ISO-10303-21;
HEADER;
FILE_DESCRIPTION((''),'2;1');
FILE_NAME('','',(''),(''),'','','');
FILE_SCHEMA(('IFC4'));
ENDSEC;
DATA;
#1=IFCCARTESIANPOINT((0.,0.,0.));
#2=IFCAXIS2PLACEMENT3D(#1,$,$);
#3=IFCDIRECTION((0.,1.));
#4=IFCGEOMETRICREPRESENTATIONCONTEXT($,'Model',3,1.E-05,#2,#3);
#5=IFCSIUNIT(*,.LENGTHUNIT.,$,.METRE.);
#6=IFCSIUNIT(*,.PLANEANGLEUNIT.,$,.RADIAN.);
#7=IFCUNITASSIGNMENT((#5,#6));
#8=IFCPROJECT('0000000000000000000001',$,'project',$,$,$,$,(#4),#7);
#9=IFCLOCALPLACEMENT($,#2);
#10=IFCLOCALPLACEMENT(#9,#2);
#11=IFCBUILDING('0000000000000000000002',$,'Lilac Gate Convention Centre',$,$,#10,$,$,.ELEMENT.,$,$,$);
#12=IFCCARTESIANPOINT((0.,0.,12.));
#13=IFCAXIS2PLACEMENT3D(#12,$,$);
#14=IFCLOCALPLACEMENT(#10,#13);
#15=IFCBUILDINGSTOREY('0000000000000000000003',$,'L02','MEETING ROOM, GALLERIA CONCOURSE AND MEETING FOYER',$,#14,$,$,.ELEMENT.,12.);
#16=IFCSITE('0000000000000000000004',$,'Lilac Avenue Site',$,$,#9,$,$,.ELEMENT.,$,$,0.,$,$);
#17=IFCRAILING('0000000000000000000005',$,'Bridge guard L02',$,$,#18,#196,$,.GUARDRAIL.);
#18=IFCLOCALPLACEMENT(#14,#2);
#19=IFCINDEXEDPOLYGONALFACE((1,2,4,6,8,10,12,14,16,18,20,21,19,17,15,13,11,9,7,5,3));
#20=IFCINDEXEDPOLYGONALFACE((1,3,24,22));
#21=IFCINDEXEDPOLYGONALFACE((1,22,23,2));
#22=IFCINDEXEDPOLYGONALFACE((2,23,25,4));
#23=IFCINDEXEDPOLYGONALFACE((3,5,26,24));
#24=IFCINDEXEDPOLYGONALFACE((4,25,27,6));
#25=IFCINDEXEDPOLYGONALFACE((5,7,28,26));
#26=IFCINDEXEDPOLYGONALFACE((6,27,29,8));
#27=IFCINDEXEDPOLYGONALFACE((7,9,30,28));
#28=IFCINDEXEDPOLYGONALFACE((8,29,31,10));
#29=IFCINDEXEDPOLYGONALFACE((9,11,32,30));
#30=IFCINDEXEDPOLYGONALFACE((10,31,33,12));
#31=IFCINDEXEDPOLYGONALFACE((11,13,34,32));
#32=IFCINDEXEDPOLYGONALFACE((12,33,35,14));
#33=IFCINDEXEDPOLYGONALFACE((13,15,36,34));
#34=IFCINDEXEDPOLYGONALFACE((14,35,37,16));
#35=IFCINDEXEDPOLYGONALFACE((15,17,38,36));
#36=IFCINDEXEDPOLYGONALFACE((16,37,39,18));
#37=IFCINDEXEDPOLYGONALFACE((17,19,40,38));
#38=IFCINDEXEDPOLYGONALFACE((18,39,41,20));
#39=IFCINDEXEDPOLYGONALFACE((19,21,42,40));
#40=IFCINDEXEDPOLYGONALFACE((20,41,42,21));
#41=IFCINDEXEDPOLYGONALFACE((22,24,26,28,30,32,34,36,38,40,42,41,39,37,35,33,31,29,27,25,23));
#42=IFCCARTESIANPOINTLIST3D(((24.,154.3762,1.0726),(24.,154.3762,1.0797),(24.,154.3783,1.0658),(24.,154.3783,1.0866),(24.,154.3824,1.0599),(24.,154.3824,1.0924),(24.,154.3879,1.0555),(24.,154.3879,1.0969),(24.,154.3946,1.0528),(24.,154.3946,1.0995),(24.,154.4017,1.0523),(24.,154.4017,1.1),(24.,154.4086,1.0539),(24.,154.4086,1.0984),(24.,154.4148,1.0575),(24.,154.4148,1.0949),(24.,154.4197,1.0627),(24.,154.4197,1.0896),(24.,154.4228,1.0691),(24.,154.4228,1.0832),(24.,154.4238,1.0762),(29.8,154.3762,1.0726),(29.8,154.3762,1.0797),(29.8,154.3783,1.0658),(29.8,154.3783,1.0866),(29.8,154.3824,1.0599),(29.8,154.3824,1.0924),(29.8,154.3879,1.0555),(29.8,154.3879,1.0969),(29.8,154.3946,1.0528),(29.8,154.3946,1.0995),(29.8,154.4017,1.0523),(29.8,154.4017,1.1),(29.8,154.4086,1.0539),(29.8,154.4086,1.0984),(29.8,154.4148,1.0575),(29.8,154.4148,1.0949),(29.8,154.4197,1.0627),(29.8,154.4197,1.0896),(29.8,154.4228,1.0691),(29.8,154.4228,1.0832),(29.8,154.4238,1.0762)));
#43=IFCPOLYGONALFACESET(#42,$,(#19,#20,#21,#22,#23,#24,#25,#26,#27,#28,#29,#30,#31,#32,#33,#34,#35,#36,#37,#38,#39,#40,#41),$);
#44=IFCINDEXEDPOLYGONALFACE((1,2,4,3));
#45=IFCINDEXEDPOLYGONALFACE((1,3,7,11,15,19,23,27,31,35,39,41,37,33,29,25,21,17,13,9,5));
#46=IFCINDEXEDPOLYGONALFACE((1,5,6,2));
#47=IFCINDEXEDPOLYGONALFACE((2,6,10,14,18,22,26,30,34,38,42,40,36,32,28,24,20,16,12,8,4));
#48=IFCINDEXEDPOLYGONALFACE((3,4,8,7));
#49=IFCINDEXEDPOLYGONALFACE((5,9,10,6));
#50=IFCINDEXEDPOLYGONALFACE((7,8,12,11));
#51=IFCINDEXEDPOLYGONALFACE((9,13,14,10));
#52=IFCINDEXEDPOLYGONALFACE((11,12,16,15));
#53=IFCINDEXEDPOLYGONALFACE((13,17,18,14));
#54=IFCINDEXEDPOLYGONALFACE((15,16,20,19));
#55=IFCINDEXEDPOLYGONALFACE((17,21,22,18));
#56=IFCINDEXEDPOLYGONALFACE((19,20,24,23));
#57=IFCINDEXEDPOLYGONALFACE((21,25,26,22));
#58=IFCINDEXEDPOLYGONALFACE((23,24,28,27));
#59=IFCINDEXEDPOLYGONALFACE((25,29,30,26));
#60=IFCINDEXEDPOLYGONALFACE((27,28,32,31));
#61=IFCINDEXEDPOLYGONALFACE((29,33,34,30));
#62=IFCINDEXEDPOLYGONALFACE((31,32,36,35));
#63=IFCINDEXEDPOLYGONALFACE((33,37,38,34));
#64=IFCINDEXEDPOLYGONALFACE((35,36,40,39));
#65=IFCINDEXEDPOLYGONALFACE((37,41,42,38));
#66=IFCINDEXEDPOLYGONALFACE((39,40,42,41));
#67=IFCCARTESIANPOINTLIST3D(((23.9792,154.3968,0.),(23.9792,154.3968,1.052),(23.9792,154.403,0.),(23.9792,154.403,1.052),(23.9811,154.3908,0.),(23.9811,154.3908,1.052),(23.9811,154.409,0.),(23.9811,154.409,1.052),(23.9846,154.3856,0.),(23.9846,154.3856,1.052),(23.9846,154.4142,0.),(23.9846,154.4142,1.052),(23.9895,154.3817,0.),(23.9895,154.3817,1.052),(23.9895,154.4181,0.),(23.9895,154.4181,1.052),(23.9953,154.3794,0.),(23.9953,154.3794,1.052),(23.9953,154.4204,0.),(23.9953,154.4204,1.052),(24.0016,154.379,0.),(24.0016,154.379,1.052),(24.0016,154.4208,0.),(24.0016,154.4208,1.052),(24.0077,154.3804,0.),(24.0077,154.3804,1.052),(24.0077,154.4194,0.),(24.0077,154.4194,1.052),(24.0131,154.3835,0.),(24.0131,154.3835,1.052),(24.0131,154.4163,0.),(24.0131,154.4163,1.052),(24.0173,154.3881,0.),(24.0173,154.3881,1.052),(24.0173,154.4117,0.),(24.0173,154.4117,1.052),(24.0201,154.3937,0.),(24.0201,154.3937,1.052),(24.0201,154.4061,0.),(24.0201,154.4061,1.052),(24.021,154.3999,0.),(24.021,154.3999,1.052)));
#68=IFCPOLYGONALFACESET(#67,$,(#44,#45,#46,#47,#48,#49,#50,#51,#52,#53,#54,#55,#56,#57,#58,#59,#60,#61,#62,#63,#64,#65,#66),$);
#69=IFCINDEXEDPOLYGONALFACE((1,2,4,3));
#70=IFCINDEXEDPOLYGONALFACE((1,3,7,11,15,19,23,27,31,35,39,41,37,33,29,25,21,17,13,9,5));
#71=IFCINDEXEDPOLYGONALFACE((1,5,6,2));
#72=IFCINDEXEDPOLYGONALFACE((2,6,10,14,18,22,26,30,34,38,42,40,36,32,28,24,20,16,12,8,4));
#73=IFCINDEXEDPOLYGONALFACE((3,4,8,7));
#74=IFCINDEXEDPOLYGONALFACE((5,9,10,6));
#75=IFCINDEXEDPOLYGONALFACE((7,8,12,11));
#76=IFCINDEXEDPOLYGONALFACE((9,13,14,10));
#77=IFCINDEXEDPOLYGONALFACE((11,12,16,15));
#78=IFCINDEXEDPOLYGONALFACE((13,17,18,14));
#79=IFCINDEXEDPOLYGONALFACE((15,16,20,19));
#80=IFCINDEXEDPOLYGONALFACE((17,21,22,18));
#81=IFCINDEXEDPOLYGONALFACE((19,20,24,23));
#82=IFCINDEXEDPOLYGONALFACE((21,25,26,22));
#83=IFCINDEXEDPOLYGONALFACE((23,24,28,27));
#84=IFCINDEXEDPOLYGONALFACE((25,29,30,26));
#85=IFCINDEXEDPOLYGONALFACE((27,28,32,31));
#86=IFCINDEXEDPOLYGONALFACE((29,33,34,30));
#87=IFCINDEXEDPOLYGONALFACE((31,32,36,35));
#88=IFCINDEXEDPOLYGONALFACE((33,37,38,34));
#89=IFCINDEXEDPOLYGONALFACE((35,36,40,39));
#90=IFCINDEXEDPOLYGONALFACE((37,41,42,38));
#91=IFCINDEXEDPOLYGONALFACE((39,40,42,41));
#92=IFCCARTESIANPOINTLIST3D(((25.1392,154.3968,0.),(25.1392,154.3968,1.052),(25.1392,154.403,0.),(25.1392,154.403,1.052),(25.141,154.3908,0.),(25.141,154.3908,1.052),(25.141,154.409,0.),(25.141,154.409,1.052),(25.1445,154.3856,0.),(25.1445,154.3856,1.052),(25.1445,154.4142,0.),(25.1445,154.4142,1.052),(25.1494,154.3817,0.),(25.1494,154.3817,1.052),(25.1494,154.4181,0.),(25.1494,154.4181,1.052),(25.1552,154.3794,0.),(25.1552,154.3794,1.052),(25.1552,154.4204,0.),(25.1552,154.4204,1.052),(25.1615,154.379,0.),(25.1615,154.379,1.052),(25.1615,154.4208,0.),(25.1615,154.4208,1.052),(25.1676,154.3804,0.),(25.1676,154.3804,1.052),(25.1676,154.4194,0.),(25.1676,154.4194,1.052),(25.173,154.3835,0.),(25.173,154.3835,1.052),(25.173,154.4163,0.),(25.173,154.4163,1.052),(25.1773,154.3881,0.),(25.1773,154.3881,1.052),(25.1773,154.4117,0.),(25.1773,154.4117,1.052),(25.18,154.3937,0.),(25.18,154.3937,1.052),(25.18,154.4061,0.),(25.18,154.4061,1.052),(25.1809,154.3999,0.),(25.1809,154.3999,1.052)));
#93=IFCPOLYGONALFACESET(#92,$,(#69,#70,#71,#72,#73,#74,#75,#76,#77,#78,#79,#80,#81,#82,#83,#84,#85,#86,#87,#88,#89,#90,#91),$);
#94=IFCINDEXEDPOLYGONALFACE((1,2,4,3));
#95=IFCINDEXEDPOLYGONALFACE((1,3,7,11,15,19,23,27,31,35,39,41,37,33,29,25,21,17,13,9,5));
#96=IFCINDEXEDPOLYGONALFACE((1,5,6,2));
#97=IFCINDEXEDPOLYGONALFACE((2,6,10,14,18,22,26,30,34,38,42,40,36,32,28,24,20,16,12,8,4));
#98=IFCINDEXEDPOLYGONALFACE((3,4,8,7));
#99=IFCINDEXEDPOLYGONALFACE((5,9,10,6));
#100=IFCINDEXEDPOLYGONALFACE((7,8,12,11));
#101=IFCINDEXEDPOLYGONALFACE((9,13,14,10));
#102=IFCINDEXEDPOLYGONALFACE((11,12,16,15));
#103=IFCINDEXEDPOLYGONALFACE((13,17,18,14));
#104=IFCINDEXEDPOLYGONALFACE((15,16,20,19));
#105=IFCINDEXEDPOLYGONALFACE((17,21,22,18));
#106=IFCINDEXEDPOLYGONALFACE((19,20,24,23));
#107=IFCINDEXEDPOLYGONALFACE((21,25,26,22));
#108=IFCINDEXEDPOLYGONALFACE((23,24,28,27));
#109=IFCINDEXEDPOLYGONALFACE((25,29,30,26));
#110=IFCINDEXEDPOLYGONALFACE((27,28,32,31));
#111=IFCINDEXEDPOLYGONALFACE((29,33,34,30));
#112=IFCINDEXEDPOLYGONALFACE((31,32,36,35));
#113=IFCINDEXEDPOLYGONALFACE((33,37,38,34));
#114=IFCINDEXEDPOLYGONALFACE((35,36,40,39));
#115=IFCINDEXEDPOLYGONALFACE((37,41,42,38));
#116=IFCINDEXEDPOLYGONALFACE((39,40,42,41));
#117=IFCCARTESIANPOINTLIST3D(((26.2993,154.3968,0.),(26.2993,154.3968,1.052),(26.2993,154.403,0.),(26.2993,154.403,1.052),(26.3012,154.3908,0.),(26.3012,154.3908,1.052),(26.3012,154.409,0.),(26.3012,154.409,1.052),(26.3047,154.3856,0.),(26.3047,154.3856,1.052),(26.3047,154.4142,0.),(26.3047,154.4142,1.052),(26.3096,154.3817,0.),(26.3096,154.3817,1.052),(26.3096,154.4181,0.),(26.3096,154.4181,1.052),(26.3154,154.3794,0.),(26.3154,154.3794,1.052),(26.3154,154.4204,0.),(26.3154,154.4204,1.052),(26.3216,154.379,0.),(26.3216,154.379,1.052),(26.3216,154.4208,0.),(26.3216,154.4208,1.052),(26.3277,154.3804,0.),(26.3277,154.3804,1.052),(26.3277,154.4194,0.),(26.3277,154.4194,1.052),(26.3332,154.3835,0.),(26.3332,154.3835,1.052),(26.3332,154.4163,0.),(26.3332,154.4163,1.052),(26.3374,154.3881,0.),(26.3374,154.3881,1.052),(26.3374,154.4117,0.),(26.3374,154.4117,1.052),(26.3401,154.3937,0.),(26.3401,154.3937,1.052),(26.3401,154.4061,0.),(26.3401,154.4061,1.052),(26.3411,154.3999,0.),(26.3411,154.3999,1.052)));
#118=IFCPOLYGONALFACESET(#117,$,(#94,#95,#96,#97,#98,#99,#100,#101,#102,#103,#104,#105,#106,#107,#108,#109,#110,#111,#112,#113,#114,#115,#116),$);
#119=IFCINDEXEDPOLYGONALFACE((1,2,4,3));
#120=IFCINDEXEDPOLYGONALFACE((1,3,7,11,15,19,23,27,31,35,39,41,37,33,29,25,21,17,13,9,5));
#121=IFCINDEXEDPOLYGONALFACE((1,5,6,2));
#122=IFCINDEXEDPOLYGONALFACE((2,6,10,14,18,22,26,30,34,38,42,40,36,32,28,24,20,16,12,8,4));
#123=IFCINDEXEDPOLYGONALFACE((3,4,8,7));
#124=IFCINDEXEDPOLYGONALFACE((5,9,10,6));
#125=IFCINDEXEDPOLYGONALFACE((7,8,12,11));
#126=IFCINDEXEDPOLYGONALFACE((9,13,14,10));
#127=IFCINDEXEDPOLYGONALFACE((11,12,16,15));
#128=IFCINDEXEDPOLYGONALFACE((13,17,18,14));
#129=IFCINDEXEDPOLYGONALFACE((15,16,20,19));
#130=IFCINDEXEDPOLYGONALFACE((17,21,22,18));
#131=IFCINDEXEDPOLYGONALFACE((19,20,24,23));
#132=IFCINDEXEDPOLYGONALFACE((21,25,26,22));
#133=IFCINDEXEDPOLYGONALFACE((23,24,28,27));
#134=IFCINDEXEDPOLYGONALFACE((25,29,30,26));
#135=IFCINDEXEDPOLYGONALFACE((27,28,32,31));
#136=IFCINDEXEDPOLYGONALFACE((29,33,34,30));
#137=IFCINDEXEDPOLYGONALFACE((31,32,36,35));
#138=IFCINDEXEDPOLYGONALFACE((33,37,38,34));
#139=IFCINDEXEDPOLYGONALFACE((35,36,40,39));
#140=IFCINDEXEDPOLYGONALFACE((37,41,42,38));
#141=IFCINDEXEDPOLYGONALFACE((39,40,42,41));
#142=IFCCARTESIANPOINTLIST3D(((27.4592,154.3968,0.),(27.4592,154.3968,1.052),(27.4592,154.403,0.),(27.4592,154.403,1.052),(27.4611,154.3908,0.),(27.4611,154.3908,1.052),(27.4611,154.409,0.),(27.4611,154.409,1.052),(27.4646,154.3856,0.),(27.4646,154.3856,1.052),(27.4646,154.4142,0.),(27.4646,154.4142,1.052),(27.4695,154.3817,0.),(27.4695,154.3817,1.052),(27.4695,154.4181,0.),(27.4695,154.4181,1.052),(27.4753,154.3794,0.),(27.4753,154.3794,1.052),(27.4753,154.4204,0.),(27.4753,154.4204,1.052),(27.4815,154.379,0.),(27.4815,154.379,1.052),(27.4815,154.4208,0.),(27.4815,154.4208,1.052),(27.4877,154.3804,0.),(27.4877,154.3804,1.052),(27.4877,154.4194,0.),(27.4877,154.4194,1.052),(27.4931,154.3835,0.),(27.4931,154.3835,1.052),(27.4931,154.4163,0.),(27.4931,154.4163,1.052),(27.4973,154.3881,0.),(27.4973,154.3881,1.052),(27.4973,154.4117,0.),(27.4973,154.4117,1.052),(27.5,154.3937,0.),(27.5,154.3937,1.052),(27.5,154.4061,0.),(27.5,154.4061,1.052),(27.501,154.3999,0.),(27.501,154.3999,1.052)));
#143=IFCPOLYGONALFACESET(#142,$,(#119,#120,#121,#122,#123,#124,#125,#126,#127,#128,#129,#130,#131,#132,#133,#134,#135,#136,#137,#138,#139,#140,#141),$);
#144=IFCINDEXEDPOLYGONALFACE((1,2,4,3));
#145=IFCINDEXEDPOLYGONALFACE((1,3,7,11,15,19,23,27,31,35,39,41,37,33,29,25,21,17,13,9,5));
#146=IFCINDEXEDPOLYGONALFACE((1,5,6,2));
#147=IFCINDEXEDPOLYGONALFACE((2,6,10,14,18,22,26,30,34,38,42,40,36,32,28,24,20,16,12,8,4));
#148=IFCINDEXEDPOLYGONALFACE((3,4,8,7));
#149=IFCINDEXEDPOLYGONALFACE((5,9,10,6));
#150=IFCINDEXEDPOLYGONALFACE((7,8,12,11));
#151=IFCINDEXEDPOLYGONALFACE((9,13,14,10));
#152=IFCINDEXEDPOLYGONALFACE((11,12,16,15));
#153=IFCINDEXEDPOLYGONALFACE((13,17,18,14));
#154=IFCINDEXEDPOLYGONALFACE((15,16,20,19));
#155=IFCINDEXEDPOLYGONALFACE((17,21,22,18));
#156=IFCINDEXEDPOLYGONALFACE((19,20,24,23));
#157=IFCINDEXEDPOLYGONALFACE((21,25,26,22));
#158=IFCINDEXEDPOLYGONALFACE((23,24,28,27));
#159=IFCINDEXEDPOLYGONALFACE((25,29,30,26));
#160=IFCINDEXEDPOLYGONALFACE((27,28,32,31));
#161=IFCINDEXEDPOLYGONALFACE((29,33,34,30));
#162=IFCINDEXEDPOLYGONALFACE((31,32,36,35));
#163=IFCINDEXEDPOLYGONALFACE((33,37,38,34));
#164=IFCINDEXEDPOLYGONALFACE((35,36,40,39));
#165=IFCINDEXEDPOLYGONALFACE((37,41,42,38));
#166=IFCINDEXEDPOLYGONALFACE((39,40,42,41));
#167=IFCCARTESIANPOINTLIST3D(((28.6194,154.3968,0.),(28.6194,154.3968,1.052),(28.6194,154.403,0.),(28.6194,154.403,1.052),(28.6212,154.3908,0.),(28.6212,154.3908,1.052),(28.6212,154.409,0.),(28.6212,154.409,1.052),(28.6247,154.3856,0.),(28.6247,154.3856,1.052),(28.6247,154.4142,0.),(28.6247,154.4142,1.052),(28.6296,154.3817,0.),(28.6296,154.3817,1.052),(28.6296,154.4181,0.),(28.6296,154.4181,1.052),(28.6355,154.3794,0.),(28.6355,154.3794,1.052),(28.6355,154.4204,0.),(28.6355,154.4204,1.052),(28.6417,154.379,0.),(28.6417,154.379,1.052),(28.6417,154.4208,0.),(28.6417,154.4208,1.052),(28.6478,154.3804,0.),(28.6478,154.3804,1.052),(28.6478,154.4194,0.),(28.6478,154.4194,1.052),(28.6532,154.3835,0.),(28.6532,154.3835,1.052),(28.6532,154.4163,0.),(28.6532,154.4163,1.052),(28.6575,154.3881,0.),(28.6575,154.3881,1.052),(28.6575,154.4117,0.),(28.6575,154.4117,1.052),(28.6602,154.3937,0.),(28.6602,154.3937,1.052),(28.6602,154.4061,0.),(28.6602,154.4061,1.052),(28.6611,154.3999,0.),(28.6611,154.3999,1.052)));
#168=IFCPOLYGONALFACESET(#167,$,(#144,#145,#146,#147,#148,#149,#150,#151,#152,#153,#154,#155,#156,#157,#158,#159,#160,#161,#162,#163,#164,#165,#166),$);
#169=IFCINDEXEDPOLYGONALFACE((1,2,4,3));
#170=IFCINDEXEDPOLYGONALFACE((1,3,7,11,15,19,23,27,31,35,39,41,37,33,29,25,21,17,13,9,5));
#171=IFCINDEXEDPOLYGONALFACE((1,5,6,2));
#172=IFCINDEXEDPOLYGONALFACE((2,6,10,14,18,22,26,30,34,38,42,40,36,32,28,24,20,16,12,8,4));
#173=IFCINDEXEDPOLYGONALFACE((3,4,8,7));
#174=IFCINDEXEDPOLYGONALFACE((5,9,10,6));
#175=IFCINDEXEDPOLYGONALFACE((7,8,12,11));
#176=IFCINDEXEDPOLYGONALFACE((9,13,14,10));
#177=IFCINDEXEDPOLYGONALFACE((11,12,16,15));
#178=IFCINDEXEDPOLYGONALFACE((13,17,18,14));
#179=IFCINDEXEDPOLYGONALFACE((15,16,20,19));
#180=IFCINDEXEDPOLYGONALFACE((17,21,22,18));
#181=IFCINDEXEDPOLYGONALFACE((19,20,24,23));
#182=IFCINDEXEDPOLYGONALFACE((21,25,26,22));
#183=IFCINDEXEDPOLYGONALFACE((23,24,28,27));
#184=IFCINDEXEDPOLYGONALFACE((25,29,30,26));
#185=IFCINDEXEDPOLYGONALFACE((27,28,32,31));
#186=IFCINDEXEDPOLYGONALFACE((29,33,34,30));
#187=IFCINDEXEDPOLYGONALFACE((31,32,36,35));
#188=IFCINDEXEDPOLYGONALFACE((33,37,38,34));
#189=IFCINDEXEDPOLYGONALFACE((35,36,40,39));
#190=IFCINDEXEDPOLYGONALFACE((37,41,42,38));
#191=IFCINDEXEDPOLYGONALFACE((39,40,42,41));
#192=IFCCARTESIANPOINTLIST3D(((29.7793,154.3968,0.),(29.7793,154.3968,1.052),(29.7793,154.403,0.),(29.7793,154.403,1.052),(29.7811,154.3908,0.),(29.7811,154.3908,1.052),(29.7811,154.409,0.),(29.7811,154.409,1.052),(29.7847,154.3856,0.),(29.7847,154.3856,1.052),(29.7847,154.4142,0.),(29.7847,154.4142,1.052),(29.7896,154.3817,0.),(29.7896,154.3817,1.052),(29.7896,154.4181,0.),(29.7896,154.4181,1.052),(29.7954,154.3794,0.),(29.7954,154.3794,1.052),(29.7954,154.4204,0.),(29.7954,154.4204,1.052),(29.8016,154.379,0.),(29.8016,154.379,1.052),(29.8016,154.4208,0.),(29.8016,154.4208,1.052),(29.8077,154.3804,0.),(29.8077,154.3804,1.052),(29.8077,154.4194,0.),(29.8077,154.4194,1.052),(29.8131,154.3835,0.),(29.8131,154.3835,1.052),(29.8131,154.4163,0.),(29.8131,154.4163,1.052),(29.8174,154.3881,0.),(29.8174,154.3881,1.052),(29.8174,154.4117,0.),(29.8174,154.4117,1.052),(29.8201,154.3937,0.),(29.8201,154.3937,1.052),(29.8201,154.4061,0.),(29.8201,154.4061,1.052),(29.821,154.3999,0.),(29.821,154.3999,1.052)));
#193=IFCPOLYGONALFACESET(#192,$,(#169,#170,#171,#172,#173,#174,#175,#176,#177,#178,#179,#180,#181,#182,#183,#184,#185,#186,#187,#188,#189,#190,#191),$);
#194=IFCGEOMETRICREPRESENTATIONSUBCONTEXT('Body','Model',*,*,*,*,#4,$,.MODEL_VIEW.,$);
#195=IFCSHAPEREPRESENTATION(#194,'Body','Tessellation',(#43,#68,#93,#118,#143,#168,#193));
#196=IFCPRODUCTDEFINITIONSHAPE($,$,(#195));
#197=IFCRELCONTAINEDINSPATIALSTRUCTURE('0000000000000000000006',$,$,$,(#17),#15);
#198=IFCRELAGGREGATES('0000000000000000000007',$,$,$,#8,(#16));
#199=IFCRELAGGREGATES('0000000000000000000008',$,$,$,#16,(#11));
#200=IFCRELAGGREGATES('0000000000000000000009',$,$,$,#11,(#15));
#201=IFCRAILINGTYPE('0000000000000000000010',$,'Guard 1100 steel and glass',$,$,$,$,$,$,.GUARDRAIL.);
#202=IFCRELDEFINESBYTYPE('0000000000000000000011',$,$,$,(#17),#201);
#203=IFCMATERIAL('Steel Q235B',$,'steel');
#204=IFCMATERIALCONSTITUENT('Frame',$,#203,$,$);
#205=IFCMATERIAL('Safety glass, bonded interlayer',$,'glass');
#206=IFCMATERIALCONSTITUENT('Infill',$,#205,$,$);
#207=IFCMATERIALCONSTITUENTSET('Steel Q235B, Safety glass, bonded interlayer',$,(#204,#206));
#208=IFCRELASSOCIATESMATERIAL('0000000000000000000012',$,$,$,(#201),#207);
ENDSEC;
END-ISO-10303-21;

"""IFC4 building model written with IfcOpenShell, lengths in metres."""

from ifc_helpers import new_model, si_unit, direction, frame, origin, origin_2d, place, context, subcontext, project, spatial, circle, extrude, material, constituent, constituent_set, type_object, element, save


model = new_model("IFC4")

# Units and contexts
model_context = context("Model", 3, precision=1e-05, world=origin(), true_north=direction((0.0, 1.0)))
body_context = subcontext(model_context, "Body", "Model", "MODEL_VIEW")
ifc_project = project(units=[si_unit("LENGTHUNIT", "METRE"), si_unit("PLANEANGLEUNIT", "RADIAN")], contexts=[model_context])

# Site, building, storey
site_placement = place(None, origin())
site = spatial("IfcSite", under=ifc_project, at=site_placement, Name="Lilac Avenue Site", CompositionType="ELEMENT", RefElevation=0.0)
building_placement = place(site_placement, origin())
building = spatial("IfcBuilding", under=site, at=building_placement, Name="Lilac Gate Convention Centre", CompositionType="ELEMENT")
storey_placement = place(building_placement, frame((0.0, 0.0, 12.0)))
storey = spatial("IfcBuildingStorey", under=building, at=storey_placement, Name="L02", Description="MEETING ROOM, GALLERIA CONCOURSE AND MEETING FOYER", CompositionType="ELEMENT", Elevation=12.0)

# Railing
ifc_material_1 = material(Name="Steel Q235B", Category="steel")
ifc_constituent_1 = constituent(ifc_material_1, Name="Frame")
ifc_material_2 = material(Name="Safety glass, bonded interlayer", Category="glass")
ifc_constituent_2 = constituent(ifc_material_2, Name="Infill")
ifc_constituent_set = constituent_set(constituents=[ifc_constituent_1, ifc_constituent_2], Name="Steel Q235B, Safety glass, bonded interlayer")
railing_type = type_object("IfcRailingType", Name="Guard 1100 steel and glass", PredefinedType="GUARDRAIL", material=ifc_constituent_set)
for number, where, name in (
    (1, (24.0, 154.3999, 0.0), "Bridge guard L02"),
):
    element("IfcRailing", number, at=place(storey_placement, frame(where)), inside=storey, type_object=railing_type, Name=name, PredefinedType="GUARDRAIL", context=body_context, shape_type="SweptSolid", body=[
        extrude(circle(Radius=0.0239, at=origin_2d()), frame((0.0, 0.0, 1.0762), z_axis=(1.0, 0.0, 0.0), x_axis=(0.0, 1.0, 0.0)), (0.0, 0.0, 1.0), 5.8),
        extrude(circle(Radius=0.021, at=origin_2d()), origin(), (0.0, 0.0, 1.0), 1.052),
        extrude(circle(Radius=0.021, at=origin_2d()), frame((1.1599, 0.0, 0.0)), (0.0, 0.0, 1.0), 1.052),
        extrude(circle(Radius=0.021, at=origin_2d()), frame((2.3201, 0.0, 0.0)), (0.0, 0.0, 1.0), 1.052),
        extrude(circle(Radius=0.021, at=origin_2d()), frame((3.48, 0.0, 0.0)), (0.0, 0.0, 1.0), 1.052),
        extrude(circle(Radius=0.021, at=origin_2d()), frame((4.6401, 0.0, 0.0)), (0.0, 0.0, 1.0), 1.052),
        extrude(circle(Radius=0.021, at=origin_2d()), frame((5.8, 0.0, 0.0)), (0.0, 0.0, 1.0), 1.052),
    ])

save(model, "model.ifc")
